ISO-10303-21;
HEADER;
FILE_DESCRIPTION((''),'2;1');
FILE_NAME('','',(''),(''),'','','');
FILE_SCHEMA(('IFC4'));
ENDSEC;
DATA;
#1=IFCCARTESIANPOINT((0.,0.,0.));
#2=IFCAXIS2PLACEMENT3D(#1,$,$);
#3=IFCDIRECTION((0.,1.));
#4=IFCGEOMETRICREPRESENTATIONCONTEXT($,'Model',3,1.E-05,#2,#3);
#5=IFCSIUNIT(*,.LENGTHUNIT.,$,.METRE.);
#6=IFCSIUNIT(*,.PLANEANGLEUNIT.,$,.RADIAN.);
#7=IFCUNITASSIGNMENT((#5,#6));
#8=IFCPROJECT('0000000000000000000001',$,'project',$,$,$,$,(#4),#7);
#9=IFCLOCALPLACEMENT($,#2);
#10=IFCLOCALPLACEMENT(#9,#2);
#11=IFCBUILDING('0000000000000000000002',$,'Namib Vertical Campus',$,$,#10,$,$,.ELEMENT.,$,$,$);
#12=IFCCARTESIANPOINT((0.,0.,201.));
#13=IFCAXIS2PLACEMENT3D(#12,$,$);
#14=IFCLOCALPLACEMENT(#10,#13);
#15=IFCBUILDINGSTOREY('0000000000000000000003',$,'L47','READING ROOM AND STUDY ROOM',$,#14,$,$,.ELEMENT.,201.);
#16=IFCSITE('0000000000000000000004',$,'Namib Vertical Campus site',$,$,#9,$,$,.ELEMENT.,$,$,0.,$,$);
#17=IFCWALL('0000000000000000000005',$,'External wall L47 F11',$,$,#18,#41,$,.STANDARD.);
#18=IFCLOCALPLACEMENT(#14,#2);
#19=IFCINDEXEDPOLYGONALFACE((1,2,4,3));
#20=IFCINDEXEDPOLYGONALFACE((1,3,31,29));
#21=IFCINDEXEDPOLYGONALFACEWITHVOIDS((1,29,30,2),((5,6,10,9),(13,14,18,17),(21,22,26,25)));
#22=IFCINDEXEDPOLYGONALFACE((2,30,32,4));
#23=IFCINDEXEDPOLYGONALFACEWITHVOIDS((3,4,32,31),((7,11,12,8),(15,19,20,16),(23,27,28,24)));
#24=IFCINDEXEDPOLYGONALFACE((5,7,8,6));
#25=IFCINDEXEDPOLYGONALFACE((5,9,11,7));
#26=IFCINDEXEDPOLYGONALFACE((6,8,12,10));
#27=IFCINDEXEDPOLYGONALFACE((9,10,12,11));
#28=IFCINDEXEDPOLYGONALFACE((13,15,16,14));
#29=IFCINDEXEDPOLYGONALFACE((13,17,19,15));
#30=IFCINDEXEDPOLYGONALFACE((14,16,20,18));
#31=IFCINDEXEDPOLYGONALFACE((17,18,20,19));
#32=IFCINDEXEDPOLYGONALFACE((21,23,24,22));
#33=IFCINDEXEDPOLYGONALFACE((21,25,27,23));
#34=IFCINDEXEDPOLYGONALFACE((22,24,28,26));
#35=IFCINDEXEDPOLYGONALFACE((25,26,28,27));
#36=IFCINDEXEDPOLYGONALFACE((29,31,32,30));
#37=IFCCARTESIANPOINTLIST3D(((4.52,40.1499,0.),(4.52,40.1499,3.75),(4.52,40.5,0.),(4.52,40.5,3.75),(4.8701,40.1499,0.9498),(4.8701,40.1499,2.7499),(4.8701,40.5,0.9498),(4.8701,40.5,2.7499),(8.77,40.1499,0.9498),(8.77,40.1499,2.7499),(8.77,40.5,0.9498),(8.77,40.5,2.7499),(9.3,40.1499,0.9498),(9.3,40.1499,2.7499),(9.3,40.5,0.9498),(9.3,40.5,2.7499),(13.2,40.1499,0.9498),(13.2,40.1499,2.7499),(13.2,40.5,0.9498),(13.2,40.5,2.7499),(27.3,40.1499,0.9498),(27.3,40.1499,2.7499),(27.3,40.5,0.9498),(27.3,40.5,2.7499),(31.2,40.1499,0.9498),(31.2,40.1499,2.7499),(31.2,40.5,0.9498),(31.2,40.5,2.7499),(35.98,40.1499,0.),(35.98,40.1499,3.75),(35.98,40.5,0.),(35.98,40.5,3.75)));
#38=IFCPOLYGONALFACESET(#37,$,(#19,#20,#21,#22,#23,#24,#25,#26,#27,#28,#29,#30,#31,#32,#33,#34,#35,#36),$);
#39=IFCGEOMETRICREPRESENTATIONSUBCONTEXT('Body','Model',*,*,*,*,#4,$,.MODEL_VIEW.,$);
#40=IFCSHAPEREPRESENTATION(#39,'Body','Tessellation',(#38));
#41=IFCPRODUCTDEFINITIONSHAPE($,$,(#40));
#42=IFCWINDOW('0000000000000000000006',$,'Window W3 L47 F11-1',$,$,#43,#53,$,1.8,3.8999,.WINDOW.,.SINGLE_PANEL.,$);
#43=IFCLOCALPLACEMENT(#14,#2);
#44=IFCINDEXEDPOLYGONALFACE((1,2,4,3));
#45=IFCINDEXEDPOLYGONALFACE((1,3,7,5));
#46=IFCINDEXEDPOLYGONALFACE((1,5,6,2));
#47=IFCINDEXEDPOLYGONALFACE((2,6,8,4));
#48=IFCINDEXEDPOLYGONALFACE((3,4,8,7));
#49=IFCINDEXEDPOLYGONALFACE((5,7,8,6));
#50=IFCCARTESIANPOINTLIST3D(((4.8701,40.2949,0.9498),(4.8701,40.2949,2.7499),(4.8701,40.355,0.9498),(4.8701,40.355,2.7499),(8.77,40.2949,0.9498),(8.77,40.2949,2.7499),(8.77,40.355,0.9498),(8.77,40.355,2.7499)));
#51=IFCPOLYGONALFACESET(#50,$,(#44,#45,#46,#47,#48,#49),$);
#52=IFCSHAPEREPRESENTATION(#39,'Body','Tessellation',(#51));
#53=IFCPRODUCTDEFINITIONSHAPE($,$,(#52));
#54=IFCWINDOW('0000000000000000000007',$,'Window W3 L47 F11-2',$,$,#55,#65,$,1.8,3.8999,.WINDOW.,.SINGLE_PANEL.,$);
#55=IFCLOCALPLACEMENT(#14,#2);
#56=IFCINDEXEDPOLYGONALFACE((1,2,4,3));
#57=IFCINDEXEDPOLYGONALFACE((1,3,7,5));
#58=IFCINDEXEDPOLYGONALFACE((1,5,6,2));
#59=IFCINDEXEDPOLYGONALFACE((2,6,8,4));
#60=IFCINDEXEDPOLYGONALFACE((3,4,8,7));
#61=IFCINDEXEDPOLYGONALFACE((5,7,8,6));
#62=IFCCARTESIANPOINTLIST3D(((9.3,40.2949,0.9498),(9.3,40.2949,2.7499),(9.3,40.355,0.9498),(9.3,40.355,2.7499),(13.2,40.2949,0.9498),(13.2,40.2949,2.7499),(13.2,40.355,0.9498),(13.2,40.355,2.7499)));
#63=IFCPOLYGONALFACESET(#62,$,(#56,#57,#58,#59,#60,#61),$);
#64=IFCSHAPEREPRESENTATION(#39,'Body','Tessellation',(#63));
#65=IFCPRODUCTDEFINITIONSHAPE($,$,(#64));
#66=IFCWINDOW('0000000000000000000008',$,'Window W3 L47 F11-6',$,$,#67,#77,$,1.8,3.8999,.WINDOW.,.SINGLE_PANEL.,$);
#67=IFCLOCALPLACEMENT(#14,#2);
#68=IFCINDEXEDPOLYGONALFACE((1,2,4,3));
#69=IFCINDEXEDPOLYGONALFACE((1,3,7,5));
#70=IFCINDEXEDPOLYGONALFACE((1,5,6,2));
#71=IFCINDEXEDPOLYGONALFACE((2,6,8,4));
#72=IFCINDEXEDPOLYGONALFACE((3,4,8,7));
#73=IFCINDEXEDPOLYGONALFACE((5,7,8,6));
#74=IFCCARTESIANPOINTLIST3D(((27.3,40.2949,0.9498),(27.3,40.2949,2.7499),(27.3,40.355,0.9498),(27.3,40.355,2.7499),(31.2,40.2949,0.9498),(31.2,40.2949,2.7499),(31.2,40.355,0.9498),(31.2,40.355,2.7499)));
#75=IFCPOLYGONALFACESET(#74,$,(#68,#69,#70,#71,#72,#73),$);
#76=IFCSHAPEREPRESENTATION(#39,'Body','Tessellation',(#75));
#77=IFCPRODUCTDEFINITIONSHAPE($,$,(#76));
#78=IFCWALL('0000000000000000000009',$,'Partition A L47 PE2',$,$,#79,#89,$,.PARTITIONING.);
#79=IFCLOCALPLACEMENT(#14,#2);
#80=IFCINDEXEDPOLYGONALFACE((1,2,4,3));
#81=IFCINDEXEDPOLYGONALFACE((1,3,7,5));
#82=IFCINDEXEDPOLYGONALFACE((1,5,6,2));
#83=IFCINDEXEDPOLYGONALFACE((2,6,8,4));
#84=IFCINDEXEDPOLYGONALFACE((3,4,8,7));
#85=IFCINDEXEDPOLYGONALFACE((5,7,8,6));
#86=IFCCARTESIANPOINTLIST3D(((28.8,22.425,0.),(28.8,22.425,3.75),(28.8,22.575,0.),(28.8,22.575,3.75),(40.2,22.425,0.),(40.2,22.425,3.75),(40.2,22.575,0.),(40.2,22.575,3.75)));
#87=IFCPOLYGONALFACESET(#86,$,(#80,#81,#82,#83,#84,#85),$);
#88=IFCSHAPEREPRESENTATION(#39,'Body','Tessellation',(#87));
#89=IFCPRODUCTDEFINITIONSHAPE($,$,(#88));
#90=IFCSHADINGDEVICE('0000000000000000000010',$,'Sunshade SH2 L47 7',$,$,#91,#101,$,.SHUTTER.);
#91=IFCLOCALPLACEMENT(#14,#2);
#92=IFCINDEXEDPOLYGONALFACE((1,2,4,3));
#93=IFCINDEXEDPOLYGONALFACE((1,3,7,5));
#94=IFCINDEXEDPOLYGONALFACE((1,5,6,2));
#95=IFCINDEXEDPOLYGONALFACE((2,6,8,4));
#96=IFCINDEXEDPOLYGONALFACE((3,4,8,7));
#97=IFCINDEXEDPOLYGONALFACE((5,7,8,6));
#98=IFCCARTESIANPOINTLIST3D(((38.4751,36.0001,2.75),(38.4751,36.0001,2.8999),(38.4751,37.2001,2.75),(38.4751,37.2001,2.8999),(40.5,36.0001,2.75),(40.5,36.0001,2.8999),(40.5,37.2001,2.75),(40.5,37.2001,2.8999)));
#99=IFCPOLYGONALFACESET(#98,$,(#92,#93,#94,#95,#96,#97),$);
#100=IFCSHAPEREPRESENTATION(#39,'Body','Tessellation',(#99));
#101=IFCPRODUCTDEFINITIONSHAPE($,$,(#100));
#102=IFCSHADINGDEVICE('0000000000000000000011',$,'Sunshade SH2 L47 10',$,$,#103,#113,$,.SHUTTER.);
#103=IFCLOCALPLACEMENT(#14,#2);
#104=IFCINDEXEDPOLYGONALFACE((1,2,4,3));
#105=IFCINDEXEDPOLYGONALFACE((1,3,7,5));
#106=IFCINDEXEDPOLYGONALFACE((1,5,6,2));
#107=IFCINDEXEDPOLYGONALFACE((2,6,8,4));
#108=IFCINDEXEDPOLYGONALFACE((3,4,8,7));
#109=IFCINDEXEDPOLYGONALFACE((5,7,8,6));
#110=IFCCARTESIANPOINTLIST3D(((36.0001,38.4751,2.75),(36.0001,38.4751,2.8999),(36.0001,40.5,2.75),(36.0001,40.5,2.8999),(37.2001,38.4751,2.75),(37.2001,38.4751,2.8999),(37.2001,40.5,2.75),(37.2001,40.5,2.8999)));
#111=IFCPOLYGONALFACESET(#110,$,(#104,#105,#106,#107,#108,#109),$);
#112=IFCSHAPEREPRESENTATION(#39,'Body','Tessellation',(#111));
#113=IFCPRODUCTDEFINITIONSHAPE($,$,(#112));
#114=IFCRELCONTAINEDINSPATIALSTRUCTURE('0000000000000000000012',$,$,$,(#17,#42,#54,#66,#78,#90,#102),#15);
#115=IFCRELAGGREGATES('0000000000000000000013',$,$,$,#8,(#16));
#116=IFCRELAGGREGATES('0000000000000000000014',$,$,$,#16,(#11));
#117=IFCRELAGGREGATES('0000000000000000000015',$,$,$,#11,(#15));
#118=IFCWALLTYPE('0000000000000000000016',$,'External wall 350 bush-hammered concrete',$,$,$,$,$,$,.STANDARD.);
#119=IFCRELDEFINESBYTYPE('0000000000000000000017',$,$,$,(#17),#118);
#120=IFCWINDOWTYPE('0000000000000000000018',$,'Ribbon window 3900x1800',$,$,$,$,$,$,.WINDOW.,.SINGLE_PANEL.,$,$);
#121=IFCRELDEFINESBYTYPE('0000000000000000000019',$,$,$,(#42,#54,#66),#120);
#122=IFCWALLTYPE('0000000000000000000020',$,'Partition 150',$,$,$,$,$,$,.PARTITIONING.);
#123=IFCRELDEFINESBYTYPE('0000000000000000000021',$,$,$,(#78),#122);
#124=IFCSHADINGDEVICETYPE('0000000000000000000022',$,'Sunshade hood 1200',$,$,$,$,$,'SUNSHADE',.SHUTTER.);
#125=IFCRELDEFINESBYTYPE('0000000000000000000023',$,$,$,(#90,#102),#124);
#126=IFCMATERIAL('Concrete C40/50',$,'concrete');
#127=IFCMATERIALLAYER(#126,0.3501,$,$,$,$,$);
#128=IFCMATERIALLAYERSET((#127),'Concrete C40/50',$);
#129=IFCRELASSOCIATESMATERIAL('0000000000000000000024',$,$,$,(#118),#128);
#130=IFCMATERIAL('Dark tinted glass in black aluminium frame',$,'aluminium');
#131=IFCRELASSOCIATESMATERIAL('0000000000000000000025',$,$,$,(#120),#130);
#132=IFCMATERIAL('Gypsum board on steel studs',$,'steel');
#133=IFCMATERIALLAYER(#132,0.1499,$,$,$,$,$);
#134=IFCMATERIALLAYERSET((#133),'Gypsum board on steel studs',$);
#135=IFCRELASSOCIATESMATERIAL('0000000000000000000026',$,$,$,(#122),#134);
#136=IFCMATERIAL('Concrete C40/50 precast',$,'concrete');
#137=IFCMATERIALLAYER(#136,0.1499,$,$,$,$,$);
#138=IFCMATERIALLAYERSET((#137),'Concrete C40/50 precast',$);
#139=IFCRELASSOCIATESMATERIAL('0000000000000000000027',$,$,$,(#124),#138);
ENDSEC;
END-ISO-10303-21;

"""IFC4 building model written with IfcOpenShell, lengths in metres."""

from ifc_helpers import new_model, si_unit, direction, frame, frame_2d, origin, origin_2d, place, context, subcontext, project, spatial, rectangle, extrude, material, layer, layer_set, type_object, element, fill, save


model = new_model("IFC4")

# Units and contexts
model_context = context("Model", 3, precision=1e-05, world=origin(), true_north=direction((0.0, 1.0)))
body_context = subcontext(model_context, "Body", "Model", "MODEL_VIEW")
ifc_project = project(units=[si_unit("LENGTHUNIT", "METRE"), si_unit("PLANEANGLEUNIT", "RADIAN")], contexts=[model_context])

# Site, building, storey
site_placement = place(None, origin())
site = spatial("IfcSite", under=ifc_project, at=site_placement, Name="Namib Vertical Campus site", CompositionType="ELEMENT", RefElevation=0.0)
building_placement = place(site_placement, origin())
building = spatial("IfcBuilding", under=site, at=building_placement, Name="Namib Vertical Campus", CompositionType="ELEMENT")
storey_placement = place(building_placement, frame((0.0, 0.0, 201.0)))
storey = spatial("IfcBuildingStorey", under=building, at=storey_placement, Name="L47", Description="READING ROOM AND STUDY ROOM", CompositionType="ELEMENT", Elevation=201.0)

# Shared definitions
ifc_material_1 = material(Name="Concrete C40/50", Category="concrete")
ifc_layer_1 = layer(ifc_material_1, 0.3501)
ifc_layer_set_1 = layer_set([ifc_layer_1], Name="Concrete C40/50")
wall_type_1 = type_object("IfcWallType", Name="External wall 350 bush-hammered concrete", PredefinedType="STANDARD", material=ifc_layer_set_1)

# Wall, openings, windows
wall_1_placement = place(storey_placement, frame((35.98, 40.325, 0.0), z_axis=(0.0, 0.0, 1.0), x_axis=(-1.0, 0.0, 0.0)))
wall_1 = element("IfcWall", 1, at=wall_1_placement, inside=storey, type_object=wall_type_1, Name="External wall L47 F11", PredefinedType="STANDARD", context=body_context, shape_type="SweptSolid", body=[
    extrude(rectangle(XDim=31.46, YDim=0.3501, at=frame_2d((15.73, 0.0))), origin(), (0.0, 0.0, 1.0), 3.75),
])
opening_1_placement = place(wall_1_placement, frame((27.21, 0.0, 0.95)))
opening_1 = element("IfcOpeningElement", 2, at=opening_1_placement, cuts=wall_1, PredefinedType="OPENING", context=body_context, shape_type="SweptSolid", body=[
    extrude(rectangle(XDim=3.8999, YDim=1.8, at=frame_2d((1.95, 0.8999))), frame((0.0, 0.1851, 0.0), z_axis=(0.0, -1.0, 0.0), x_axis=(1.0, 0.0, 0.0)), (0.0, 0.0, 1.0), 0.3701),
])
opening_2_placement = place(wall_1_placement, frame((22.78, 0.0, 0.95)))
opening_2 = element("IfcOpeningElement", 3, at=opening_2_placement, cuts=wall_1, PredefinedType="OPENING", context=body_context, shape_type="SweptSolid", body=[
    extrude(rectangle(XDim=3.8999, YDim=1.8, at=frame_2d((1.95, 0.8999))), frame((0.0, 0.1851, 0.0), z_axis=(0.0, -1.0, 0.0), x_axis=(1.0, 0.0, 0.0)), (0.0, 0.0, 1.0), 0.3701),
])
opening_3_placement = place(wall_1_placement, frame((4.78, 0.0, 0.95)))
opening_3 = element("IfcOpeningElement", 4, at=opening_3_placement, cuts=wall_1, PredefinedType="OPENING", context=body_context, shape_type="SweptSolid", body=[
    extrude(rectangle(XDim=3.8999, YDim=1.8, at=frame_2d((1.95, 0.8999))), frame((0.0, 0.1851, 0.0), z_axis=(0.0, -1.0, 0.0), x_axis=(1.0, 0.0, 0.0)), (0.0, 0.0, 1.0), 0.3701),
])
ifc_material_2 = material(Name="Dark tinted glass in black aluminium frame", Category="aluminium")
window_type = type_object("IfcWindowType", Name="Ribbon window 3900x1800", PartitioningType="SINGLE_PANEL", PredefinedType="WINDOW", material=ifc_material_2)
window_1_placement = place(opening_1_placement, origin())
window_1 = element("IfcWindow", 5, at=window_1_placement, inside=storey, type_object=window_type, Name="Window W3 L47 F11-1", OverallHeight=1.8, OverallWidth=3.8999, PartitioningType="SINGLE_PANEL", PredefinedType="WINDOW", context=body_context, shape_type="SweptSolid", body=[
    extrude(rectangle(XDim=3.8999, YDim=1.8, at=frame_2d((1.95, 0.8999))), frame((0.0, 0.03, 0.0), z_axis=(0.0, -1.0, 0.0), x_axis=(1.0, 0.0, 0.0)), (0.0, 0.0, 1.0), 0.0601),
])
fill(opening_1, window_1)
window_2_placement = place(opening_2_placement, origin())
window_2 = element("IfcWindow", 6, at=window_2_placement, inside=storey, type_object=window_type, Name="Window W3 L47 F11-2", OverallHeight=1.8, OverallWidth=3.8999, PartitioningType="SINGLE_PANEL", PredefinedType="WINDOW", context=body_context, shape_type="SweptSolid", body=[
    extrude(rectangle(XDim=3.8999, YDim=1.8, at=frame_2d((1.95, 0.8999))), frame((0.0, 0.03, 0.0), z_axis=(0.0, -1.0, 0.0), x_axis=(1.0, 0.0, 0.0)), (0.0, 0.0, 1.0), 0.0601),
])
fill(opening_2, window_2)
window_3_placement = place(opening_3_placement, origin())
window_3 = element("IfcWindow", 7, at=window_3_placement, inside=storey, type_object=window_type, Name="Window W3 L47 F11-6", OverallHeight=1.8, OverallWidth=3.8999, PartitioningType="SINGLE_PANEL", PredefinedType="WINDOW", context=body_context, shape_type="SweptSolid", body=[
    extrude(rectangle(XDim=3.8999, YDim=1.8, at=frame_2d((1.95, 0.8999))), frame((0.0, 0.03, 0.0), z_axis=(0.0, -1.0, 0.0), x_axis=(1.0, 0.0, 0.0)), (0.0, 0.0, 1.0), 0.0601),
])
fill(opening_3, window_3)

# Wall
ifc_material_3 = material(Name="Gypsum board on steel studs", Category="steel")
ifc_layer_2 = layer(ifc_material_3, 0.1499)
ifc_layer_set_2 = layer_set([ifc_layer_2], Name="Gypsum board on steel studs")
wall_type_2 = type_object("IfcWallType", Name="Partition 150", PredefinedType="PARTITIONING", material=ifc_layer_set_2)
wall_2_placement = place(storey_placement, frame((28.8, 22.5, 0.0), z_axis=(0.0, 0.0, 1.0), x_axis=(1.0, 0.0, 0.0)))
element("IfcWall", 8, at=wall_2_placement, inside=storey, type_object=wall_type_2, Name="Partition A L47 PE2", PredefinedType="PARTITIONING", context=body_context, shape_type="SweptSolid", body=[
    extrude(rectangle(XDim=11.3999, YDim=0.1499, at=frame_2d((5.7, 0.0))), origin(), (0.0, 0.0, 1.0), 3.75),
])

# Shading devices
ifc_material_4 = material(Name="Concrete C40/50 precast", Category="concrete")
ifc_layer_3 = layer(ifc_material_4, 0.1499)
ifc_layer_set_3 = layer_set([ifc_layer_3], Name="Concrete C40/50 precast")
shading_device_type = type_object("IfcShadingDeviceType", Name="Sunshade hood 1200", ElementType="SUNSHADE", PredefinedType="SHUTTER", material=ifc_layer_set_3)
for number, where, z_axis, x_axis, name in (
    (9, (39.4875, 36.6001, 2.75), (0.0, 0.0, 1.0), (-1.0, 0.0, 0.0), "Sunshade SH2 L47 7"),
    (10, (36.6001, 39.4875, 2.75), (0.0, 0.0, 1.0), (0.0, 1.0, 0.0), "Sunshade SH2 L47 10"),
):
    element("IfcShadingDevice", number, at=place(storey_placement, frame(where, z_axis=z_axis, x_axis=x_axis)), inside=storey, type_object=shading_device_type, Name=name, PredefinedType="SHUTTER", context=body_context, shape_type="SweptSolid", body=[
        extrude(rectangle(XDim=2.0249, YDim=1.2, at=origin_2d()), origin(), (0.0, 0.0, 1.0), 0.1499),
    ])

save(model, "model.ifc")
